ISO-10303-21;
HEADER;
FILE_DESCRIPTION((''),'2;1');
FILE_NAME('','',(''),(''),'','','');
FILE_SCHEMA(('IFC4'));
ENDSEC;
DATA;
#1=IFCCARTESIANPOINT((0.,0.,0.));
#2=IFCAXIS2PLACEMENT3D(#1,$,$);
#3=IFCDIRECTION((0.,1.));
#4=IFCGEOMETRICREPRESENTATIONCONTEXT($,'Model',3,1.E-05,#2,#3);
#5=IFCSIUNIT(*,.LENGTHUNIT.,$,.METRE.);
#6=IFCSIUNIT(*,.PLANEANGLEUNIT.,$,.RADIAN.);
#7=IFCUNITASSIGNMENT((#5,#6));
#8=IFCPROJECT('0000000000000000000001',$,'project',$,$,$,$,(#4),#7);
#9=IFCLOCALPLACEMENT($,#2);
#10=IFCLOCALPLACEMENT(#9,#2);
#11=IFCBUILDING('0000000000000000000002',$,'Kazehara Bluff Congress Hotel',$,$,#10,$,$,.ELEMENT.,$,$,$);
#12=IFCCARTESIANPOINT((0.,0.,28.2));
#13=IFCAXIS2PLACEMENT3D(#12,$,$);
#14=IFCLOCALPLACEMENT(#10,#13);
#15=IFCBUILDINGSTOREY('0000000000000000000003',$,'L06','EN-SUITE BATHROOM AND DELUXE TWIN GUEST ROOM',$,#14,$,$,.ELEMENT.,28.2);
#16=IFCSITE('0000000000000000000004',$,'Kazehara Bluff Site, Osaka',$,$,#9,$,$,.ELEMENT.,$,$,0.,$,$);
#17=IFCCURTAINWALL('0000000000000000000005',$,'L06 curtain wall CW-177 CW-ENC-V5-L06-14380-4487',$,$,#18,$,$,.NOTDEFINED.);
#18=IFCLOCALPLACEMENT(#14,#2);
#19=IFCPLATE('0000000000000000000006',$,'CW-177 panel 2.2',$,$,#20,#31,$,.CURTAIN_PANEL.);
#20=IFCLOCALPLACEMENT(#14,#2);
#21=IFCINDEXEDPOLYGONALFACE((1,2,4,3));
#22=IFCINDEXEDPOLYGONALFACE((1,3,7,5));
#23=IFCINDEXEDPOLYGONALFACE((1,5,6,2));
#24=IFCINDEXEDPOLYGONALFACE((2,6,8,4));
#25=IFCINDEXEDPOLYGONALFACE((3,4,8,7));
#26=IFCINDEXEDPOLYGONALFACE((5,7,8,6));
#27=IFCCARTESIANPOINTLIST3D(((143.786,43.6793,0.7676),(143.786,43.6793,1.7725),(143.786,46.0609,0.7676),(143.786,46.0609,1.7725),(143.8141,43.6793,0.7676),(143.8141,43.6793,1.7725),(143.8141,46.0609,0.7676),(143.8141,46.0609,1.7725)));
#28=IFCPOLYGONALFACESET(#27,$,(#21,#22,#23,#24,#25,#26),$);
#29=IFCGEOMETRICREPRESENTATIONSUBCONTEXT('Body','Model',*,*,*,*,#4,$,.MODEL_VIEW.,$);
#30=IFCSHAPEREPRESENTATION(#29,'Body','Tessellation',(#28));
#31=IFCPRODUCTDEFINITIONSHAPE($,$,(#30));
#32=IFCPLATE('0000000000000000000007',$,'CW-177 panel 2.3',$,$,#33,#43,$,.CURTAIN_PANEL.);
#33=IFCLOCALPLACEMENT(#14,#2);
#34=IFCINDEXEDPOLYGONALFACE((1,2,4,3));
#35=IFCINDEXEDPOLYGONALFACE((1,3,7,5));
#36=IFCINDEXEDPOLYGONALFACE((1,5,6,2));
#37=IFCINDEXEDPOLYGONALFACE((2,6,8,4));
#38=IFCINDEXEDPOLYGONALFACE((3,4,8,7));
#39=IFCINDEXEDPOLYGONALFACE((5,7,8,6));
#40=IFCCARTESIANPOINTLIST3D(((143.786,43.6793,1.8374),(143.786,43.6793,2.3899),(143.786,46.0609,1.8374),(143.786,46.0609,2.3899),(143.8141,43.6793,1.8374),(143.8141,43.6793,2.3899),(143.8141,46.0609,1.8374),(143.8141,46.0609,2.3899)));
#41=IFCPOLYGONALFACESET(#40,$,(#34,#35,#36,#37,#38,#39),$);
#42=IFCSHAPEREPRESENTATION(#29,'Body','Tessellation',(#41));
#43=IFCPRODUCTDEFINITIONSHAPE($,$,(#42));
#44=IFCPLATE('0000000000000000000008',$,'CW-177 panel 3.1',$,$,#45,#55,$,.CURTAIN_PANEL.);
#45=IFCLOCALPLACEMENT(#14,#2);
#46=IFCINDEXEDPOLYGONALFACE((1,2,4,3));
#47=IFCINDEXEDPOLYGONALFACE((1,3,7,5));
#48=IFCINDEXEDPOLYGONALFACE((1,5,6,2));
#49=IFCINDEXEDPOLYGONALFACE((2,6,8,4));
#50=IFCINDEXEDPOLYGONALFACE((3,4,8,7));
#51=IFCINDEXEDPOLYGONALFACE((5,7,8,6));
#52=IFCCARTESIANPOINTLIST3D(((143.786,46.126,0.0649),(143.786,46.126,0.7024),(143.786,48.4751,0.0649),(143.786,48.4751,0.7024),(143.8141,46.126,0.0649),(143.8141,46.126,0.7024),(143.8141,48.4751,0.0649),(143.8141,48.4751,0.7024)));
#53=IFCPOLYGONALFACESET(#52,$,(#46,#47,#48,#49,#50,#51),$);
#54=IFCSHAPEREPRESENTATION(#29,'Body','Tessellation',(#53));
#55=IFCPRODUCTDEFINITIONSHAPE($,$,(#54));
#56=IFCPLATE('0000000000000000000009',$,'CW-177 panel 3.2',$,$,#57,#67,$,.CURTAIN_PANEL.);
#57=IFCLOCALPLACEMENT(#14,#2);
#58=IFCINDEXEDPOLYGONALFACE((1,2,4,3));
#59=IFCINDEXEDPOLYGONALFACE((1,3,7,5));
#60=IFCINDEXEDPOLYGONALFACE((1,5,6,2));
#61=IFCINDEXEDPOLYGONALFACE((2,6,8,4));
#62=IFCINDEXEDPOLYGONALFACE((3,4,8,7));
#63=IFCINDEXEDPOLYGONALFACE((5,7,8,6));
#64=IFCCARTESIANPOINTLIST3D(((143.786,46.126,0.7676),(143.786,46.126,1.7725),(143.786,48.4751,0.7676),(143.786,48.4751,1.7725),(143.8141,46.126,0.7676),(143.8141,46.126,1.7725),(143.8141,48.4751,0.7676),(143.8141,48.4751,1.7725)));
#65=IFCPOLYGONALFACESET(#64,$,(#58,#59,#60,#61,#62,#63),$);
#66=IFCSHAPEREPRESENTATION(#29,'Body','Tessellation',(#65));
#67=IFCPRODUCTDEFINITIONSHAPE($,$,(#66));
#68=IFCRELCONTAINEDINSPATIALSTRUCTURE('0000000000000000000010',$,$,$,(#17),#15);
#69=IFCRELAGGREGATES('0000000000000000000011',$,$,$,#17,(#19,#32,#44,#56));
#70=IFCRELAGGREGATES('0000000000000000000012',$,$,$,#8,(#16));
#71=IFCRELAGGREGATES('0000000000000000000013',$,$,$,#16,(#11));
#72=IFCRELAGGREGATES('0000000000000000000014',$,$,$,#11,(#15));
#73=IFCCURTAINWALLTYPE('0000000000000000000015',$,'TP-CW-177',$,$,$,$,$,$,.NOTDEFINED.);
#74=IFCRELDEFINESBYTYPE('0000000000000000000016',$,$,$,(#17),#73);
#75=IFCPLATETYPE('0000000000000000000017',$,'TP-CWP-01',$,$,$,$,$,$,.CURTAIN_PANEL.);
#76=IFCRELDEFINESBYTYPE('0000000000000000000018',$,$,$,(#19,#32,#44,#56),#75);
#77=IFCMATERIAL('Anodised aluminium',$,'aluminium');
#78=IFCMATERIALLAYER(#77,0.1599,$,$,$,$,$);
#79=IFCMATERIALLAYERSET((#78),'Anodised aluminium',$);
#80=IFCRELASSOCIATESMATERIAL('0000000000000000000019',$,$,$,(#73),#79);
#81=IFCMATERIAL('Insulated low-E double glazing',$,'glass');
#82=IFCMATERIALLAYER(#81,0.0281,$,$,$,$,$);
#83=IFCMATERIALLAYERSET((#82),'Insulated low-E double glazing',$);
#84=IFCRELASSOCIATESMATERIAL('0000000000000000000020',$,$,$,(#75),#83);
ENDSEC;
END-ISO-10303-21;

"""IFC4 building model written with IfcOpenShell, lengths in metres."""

from ifc_helpers import new_model, si_unit, direction, frame, origin, origin_2d, place, context, subcontext, project, spatial, rectangle, extrude, material, layer, layer_set, type_object, element, aggregate, save


model = new_model("IFC4")

# Units and contexts
model_context = context("Model", 3, precision=1e-05, world=origin(), true_north=direction((0.0, 1.0)))
body_context = subcontext(model_context, "Body", "Model", "MODEL_VIEW")
ifc_project = project(units=[si_unit("LENGTHUNIT", "METRE"), si_unit("PLANEANGLEUNIT", "RADIAN")], contexts=[model_context])

# Site, building, storey
site_placement = place(None, origin())
site = spatial("IfcSite", under=ifc_project, at=site_placement, Name="Kazehara Bluff Site, Osaka", CompositionType="ELEMENT", RefElevation=0.0)
building_placement = place(site_placement, origin())
building = spatial("IfcBuilding", under=site, at=building_placement, Name="Kazehara Bluff Congress Hotel", CompositionType="ELEMENT")
storey_placement = place(building_placement, frame((0.0, 0.0, 28.2)))
storey = spatial("IfcBuildingStorey", under=building, at=storey_placement, Name="L06", Description="EN-SUITE BATHROOM AND DELUXE TWIN GUEST ROOM", CompositionType="ELEMENT", Elevation=28.2)

# Curtain wall, plates
ifc_material_1 = material(Name="Anodised aluminium", Category="aluminium")
ifc_layer_1 = layer(ifc_material_1, 0.1599)
ifc_layer_set_1 = layer_set([ifc_layer_1], Name="Anodised aluminium")
curtain_wall_type = type_object("IfcCurtainWallType", Name="TP-CW-177", PredefinedType="NOTDEFINED", material=ifc_layer_set_1)
curtain_wall_placement = place(storey_placement, origin())
curtain_wall = element("IfcCurtainWall", 1, at=curtain_wall_placement, inside=storey, type_object=curtain_wall_type, Name="L06 curtain wall CW-177 CW-ENC-V5-L06-14380-4487", PredefinedType="NOTDEFINED")
ifc_material_2 = material(Name="Insulated low-E double glazing", Category="glass")
ifc_layer_2 = layer(ifc_material_2, 0.0281)
ifc_layer_set_2 = layer_set([ifc_layer_2], Name="Insulated low-E double glazing")
plate_type = type_object("IfcPlateType", Name="TP-CWP-01", PredefinedType="CURTAIN_PANEL", material=ifc_layer_set_2)
plate_1_placement = place(storey_placement, frame((143.8, 44.8701, 0.7676), z_axis=(0.0, 0.0, 1.0), x_axis=(0.0, 1.0, 0.0)))
plate_1 = element("IfcPlate", 2, at=plate_1_placement, type_object=plate_type, Name="CW-177 panel 2.2", PredefinedType="CURTAIN_PANEL", context=body_context, shape_type="SweptSolid", body=[
    extrude(rectangle(XDim=2.3816, YDim=0.0281, at=origin_2d()), origin(), (0.0, 0.0, 1.0), 1.0049),
])
plate_2_placement = place(storey_placement, frame((143.8, 44.8701, 1.8374), z_axis=(0.0, 0.0, 1.0), x_axis=(0.0, 1.0, 0.0)))
plate_2 = element("IfcPlate", 3, at=plate_2_placement, type_object=plate_type, Name="CW-177 panel 2.3", PredefinedType="CURTAIN_PANEL", context=body_context, shape_type="SweptSolid", body=[
    extrude(rectangle(XDim=2.3816, YDim=0.0281, at=origin_2d()), origin(), (0.0, 0.0, 1.0), 0.5525),
])
plate_3_placement = place(storey_placement, frame((143.8, 47.3005, 0.0649), z_axis=(0.0, 0.0, 1.0), x_axis=(0.0, 1.0, 0.0)))
plate_3 = element("IfcPlate", 4, at=plate_3_placement, type_object=plate_type, Name="CW-177 panel 3.1", PredefinedType="CURTAIN_PANEL", context=body_context, shape_type="SweptSolid", body=[
    extrude(rectangle(XDim=2.3491, YDim=0.0281, at=origin_2d()), origin(), (0.0, 0.0, 1.0), 0.6375),
])
plate_4_placement = place(storey_placement, frame((143.8, 47.3005, 0.7676), z_axis=(0.0, 0.0, 1.0), x_axis=(0.0, 1.0, 0.0)))
plate_4 = element("IfcPlate", 5, at=plate_4_placement, type_object=plate_type, Name="CW-177 panel 3.2", PredefinedType="CURTAIN_PANEL", context=body_context, shape_type="SweptSolid", body=[
    extrude(rectangle(XDim=2.3491, YDim=0.0281, at=origin_2d()), origin(), (0.0, 0.0, 1.0), 1.0049),
])
aggregate(curtain_wall, [plate_1, plate_2, plate_3, plate_4])

save(model, "model.ifc")
